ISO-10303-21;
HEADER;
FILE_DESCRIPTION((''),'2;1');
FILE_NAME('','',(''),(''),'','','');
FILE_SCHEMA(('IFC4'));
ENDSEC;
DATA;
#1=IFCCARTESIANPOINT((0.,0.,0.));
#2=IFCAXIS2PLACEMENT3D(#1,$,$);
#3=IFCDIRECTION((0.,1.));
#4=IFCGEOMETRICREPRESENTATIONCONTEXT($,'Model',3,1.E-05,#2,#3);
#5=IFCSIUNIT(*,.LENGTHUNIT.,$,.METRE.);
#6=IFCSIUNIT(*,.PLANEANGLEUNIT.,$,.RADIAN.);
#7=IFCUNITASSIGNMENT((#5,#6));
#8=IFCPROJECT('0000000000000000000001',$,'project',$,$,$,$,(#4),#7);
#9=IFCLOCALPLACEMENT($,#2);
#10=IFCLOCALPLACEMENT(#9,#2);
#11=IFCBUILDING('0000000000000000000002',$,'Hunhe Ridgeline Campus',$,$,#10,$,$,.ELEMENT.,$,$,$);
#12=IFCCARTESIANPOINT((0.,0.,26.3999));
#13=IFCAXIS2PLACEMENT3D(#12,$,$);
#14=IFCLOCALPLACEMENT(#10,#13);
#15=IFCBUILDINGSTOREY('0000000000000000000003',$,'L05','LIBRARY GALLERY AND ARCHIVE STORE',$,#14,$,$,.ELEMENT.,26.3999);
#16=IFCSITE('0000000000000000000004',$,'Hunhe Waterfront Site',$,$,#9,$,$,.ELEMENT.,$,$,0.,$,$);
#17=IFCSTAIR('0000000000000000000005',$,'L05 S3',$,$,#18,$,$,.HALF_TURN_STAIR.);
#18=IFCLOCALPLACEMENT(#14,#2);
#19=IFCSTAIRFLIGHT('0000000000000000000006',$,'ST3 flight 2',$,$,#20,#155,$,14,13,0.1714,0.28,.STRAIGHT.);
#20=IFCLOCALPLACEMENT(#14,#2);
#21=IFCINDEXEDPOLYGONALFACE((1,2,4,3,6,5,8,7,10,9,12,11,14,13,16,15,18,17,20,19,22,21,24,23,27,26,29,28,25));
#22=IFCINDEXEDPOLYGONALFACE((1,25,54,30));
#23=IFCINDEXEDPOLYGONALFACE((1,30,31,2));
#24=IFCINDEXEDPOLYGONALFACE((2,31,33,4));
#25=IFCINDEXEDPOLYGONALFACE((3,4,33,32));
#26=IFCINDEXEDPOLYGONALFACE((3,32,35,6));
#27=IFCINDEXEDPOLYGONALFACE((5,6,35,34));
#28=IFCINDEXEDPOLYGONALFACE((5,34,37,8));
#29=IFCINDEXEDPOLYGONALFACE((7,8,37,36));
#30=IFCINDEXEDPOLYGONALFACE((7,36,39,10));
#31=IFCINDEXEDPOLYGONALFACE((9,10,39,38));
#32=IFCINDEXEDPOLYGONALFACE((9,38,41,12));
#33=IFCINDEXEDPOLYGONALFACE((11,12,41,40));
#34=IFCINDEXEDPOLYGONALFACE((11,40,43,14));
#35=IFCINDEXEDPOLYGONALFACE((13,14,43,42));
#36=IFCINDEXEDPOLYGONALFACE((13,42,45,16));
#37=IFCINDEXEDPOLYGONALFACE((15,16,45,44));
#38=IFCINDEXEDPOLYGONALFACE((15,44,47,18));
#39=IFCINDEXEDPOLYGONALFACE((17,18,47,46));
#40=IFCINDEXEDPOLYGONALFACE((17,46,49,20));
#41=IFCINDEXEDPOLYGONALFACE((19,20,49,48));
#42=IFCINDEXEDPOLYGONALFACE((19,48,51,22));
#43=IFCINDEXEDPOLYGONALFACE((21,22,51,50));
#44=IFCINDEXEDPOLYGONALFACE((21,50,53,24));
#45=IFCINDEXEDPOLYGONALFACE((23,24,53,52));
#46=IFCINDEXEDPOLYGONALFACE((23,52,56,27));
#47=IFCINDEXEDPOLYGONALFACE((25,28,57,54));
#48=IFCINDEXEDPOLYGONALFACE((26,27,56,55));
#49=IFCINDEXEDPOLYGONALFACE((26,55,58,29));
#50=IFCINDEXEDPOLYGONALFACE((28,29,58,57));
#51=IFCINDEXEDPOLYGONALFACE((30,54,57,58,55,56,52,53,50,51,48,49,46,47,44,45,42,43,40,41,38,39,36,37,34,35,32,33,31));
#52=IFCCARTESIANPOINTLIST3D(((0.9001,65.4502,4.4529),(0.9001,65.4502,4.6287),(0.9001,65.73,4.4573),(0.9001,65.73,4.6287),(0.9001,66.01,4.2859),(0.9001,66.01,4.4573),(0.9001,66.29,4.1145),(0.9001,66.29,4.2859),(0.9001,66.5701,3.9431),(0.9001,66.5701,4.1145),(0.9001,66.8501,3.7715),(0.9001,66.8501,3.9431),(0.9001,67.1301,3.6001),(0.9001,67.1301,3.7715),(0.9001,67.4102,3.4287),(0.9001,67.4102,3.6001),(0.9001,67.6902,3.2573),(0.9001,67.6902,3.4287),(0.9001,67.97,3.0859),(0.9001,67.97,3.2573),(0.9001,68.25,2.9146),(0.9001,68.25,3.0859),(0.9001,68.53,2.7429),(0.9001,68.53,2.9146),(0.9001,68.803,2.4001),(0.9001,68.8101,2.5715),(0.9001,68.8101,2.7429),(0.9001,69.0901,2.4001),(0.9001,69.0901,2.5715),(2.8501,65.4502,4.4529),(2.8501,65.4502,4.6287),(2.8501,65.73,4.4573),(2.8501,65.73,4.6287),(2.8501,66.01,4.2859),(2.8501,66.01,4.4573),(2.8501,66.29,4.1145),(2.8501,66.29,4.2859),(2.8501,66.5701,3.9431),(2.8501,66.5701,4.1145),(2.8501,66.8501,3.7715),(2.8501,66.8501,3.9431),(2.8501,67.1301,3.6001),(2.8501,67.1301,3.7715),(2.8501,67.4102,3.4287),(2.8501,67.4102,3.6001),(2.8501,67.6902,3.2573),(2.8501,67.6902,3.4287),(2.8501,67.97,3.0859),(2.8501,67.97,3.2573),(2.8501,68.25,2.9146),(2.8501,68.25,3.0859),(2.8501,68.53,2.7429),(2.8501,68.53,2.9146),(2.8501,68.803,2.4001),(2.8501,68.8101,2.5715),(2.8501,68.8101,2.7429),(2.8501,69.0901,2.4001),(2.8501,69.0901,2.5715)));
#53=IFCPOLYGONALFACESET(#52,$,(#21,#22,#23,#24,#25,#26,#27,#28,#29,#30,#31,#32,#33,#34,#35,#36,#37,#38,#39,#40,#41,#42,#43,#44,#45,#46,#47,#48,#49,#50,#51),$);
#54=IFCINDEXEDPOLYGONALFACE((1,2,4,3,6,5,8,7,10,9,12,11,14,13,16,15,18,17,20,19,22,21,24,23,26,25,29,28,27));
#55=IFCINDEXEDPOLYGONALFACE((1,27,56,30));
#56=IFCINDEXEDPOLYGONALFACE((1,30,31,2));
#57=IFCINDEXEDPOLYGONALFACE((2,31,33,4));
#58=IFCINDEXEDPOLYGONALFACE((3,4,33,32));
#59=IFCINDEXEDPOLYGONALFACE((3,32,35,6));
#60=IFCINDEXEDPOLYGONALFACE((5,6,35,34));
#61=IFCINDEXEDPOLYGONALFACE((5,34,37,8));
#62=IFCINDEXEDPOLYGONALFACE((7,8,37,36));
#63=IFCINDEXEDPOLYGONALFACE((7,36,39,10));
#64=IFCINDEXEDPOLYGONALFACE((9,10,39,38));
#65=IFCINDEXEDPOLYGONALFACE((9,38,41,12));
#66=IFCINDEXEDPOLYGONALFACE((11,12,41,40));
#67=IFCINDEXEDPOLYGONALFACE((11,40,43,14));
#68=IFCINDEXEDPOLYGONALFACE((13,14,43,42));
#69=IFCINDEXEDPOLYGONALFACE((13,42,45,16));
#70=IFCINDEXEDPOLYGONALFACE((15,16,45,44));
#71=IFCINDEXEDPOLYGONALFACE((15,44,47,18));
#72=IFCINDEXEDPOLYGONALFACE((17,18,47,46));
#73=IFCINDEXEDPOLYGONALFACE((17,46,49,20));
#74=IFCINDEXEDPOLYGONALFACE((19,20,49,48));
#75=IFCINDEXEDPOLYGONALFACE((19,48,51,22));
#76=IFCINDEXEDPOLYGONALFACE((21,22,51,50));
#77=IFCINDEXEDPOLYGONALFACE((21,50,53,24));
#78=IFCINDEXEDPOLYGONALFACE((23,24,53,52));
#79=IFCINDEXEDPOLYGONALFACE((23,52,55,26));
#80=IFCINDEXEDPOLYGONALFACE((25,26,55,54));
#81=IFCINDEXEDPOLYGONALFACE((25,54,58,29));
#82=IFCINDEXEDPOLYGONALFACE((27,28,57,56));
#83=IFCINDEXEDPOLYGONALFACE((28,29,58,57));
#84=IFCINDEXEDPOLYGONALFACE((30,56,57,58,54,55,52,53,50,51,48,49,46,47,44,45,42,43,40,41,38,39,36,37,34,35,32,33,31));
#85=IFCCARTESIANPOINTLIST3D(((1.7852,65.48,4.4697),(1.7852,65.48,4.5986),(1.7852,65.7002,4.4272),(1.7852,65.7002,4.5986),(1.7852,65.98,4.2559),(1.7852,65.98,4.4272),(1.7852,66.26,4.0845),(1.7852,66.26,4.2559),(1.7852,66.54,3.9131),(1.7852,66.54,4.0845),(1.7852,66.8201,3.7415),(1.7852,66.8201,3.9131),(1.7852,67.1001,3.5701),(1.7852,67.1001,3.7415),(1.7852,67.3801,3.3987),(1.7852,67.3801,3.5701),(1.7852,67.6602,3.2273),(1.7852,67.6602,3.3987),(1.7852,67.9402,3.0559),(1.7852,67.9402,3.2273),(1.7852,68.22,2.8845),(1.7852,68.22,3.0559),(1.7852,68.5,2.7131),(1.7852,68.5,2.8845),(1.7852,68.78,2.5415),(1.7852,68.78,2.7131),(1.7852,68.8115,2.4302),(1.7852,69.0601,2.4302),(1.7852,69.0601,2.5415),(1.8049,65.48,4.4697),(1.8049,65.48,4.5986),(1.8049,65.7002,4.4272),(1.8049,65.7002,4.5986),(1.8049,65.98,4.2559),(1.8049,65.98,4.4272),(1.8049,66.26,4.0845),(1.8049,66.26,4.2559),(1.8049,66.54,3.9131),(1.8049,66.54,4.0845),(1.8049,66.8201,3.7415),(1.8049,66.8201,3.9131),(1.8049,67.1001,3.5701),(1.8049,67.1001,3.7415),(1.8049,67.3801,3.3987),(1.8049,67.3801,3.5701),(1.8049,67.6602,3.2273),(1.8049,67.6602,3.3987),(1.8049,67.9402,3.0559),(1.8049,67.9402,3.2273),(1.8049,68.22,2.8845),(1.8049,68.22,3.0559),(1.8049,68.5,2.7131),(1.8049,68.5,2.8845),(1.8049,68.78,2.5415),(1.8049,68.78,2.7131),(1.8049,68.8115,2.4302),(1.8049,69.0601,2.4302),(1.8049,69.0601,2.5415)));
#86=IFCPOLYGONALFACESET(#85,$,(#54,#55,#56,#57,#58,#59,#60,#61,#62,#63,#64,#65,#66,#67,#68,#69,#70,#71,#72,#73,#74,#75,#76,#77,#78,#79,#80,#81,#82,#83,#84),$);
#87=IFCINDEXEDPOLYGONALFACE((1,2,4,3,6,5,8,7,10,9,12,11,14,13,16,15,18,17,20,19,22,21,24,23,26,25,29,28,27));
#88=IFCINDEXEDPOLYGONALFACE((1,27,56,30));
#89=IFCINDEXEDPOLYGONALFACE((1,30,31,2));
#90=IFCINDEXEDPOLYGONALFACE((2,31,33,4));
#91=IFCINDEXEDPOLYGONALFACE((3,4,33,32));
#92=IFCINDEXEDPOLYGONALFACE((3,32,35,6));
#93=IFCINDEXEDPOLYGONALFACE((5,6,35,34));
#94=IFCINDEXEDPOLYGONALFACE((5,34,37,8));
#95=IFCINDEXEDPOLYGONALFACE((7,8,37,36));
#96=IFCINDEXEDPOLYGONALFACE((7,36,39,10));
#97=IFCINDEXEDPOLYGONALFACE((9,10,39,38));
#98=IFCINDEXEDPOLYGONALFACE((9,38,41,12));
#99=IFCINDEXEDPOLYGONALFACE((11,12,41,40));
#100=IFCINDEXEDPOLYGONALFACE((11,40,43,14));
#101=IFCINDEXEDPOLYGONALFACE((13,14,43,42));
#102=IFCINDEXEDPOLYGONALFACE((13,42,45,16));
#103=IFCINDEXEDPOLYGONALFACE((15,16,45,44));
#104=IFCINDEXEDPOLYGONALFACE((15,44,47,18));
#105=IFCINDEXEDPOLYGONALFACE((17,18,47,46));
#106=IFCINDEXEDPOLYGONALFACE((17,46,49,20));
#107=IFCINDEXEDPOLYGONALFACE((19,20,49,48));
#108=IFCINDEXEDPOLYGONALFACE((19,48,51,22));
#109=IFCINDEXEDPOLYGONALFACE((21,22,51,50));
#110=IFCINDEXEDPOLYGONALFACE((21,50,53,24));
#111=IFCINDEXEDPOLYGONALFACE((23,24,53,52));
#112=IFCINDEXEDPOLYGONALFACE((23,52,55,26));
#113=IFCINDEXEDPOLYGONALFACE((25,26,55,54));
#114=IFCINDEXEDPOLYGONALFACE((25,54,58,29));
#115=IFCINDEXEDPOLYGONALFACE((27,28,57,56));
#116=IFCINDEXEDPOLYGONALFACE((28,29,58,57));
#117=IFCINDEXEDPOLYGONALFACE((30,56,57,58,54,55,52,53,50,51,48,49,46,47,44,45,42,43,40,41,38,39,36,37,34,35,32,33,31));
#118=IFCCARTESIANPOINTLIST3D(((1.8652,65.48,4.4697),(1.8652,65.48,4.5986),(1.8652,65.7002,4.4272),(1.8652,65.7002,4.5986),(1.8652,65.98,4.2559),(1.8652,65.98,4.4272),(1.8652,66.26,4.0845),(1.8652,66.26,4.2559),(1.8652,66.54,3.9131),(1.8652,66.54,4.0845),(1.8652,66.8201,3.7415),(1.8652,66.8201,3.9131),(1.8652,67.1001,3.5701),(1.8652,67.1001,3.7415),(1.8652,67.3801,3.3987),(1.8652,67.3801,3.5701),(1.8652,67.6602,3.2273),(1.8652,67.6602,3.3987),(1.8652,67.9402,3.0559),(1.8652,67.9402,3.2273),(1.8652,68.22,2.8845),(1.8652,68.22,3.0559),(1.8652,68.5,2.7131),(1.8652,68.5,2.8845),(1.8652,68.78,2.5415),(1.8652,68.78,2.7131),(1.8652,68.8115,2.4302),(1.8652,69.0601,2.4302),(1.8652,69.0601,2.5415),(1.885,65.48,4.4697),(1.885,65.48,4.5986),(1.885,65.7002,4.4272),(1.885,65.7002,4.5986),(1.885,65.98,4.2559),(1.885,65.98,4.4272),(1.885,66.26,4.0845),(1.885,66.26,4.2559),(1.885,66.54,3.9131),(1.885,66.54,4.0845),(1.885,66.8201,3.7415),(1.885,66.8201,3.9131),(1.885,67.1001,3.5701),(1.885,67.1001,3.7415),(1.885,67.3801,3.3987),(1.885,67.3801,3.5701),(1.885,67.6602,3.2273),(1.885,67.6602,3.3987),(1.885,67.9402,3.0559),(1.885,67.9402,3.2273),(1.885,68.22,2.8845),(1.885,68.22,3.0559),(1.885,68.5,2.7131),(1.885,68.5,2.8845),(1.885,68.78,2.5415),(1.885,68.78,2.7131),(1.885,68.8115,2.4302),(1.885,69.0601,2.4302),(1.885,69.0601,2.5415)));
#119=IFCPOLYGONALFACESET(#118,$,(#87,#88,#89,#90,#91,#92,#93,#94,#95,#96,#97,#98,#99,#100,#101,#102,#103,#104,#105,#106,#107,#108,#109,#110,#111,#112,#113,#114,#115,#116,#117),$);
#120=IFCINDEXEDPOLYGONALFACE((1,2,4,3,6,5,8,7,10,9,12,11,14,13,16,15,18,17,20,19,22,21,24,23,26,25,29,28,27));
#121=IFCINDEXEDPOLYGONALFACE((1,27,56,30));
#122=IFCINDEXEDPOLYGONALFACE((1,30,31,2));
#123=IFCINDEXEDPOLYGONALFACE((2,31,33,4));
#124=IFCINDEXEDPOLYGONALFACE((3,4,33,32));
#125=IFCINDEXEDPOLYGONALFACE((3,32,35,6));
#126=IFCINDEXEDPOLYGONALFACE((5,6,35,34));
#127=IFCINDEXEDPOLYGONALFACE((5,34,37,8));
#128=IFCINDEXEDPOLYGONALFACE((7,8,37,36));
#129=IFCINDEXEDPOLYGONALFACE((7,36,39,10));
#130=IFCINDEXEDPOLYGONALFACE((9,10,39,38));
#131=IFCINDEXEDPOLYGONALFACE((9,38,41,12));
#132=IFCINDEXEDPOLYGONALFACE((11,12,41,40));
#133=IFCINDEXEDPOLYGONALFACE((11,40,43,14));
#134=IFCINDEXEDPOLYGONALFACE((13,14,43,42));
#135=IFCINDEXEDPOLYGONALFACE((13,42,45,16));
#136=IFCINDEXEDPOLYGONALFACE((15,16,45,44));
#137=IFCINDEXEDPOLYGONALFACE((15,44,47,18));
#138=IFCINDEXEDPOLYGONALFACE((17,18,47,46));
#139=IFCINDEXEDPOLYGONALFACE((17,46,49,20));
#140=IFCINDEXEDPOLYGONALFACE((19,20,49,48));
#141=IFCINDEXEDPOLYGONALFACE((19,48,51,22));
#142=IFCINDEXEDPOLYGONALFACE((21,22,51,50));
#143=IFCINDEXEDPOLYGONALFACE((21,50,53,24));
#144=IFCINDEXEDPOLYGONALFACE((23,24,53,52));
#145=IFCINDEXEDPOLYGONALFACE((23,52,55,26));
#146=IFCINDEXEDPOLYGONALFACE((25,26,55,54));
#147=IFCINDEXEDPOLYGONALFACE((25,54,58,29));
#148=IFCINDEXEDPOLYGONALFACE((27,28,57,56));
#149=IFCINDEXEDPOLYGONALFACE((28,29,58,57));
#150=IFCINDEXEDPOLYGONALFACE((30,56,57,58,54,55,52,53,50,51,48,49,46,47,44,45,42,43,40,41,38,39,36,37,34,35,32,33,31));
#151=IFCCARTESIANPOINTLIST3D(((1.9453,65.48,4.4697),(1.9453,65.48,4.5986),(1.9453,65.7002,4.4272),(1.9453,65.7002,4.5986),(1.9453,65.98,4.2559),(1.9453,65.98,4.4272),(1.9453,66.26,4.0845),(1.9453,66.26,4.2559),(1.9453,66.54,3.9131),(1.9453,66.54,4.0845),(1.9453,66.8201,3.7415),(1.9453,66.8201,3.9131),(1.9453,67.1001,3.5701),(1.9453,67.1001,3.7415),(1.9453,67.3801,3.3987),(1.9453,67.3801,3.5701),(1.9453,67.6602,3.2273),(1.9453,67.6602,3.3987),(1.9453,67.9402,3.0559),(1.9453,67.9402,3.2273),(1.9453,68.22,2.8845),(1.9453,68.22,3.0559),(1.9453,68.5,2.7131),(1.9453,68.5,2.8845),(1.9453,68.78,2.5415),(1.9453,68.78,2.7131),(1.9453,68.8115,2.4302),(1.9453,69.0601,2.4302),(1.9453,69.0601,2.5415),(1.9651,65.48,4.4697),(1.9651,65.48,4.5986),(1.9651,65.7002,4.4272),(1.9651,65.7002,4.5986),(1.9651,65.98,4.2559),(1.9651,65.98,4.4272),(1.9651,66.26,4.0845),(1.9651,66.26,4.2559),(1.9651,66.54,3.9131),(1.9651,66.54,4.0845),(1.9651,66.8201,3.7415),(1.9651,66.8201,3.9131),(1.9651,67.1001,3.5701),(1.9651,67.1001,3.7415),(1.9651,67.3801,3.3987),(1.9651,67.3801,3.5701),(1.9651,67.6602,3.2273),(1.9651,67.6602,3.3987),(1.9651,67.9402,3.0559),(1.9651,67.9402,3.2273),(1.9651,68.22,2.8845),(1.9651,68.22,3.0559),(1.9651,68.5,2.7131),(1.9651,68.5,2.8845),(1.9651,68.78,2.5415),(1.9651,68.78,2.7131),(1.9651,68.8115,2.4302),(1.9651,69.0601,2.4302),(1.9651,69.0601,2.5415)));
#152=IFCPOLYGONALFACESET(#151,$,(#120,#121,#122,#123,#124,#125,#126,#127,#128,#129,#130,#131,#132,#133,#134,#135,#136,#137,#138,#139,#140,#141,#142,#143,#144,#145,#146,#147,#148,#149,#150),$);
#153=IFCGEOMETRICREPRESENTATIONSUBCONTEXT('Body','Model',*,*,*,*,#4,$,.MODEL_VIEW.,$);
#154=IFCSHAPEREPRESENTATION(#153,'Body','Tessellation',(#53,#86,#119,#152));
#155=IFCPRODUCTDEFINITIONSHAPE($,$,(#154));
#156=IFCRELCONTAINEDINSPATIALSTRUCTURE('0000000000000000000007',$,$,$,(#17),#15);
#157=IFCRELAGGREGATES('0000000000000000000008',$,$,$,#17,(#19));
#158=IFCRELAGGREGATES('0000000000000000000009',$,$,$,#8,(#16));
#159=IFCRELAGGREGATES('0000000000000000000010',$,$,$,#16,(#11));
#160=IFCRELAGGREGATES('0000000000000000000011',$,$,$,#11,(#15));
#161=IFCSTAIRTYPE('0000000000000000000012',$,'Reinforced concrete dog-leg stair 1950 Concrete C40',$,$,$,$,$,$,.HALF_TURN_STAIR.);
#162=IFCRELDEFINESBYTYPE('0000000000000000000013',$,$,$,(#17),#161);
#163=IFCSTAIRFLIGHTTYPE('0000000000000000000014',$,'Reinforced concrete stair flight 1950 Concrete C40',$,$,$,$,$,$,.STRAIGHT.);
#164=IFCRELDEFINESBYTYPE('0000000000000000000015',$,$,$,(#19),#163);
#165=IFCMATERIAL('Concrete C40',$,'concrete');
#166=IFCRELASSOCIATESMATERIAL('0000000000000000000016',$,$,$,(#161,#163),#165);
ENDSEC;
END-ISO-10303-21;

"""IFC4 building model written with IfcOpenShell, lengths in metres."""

from ifc_helpers import new_model, si_unit, direction, frame, origin, place, context, subcontext, project, spatial, polyline, outline, extrude, material, type_object, element, aggregate, save


model = new_model("IFC4")

# Units and contexts
model_context = context("Model", 3, precision=1e-05, world=origin(), true_north=direction((0.0, 1.0)))
body_context = subcontext(model_context, "Body", "Model", "MODEL_VIEW")
ifc_project = project(units=[si_unit("LENGTHUNIT", "METRE"), si_unit("PLANEANGLEUNIT", "RADIAN")], contexts=[model_context])

# Site, building, storey
site_placement = place(None, origin())
site = spatial("IfcSite", under=ifc_project, at=site_placement, Name="Hunhe Waterfront Site", CompositionType="ELEMENT", RefElevation=0.0)
building_placement = place(site_placement, origin())
building = spatial("IfcBuilding", under=site, at=building_placement, Name="Hunhe Ridgeline Campus", CompositionType="ELEMENT")
storey_placement = place(building_placement, frame((0.0, 0.0, 26.3999)))
storey = spatial("IfcBuildingStorey", under=building, at=storey_placement, Name="L05", Description="LIBRARY GALLERY AND ARCHIVE STORE", CompositionType="ELEMENT", Elevation=26.3999)

# Stair, stair flight
ifc_material_1 = material(Name="Concrete C40", Category="concrete")
stair_type = type_object("IfcStairType", Name="Reinforced concrete dog-leg stair 1950 Concrete C40", PredefinedType="HALF_TURN_STAIR", material=ifc_material_1)
stair_1_placement = place(storey_placement, origin())
stair_1 = element("IfcStair", 1, at=stair_1_placement, inside=storey, type_object=stair_type, Name="L05 S3", PredefinedType="HALF_TURN_STAIR")
stair_flight_type = type_object("IfcStairFlightType", Name="Reinforced concrete stair flight 1950 Concrete C40", PredefinedType="STRAIGHT", material=ifc_material_1)
stair_flight_1_placement = place(storey_placement, frame((1.875, 69.0901, 2.4001), z_axis=(0.0, 0.0, 1.0), x_axis=(0.0, -1.0, 0.0)))
stair_flight_1 = element("IfcStairFlight", 2, at=stair_flight_1_placement, type_object=stair_flight_type, Name="ST3 flight 2", NumberOfRisers=14, NumberOfTreads=13, PredefinedType="STRAIGHT", RiserHeight=0.1714, TreadLength=0.28, context=body_context, shape_type="SweptSolid", body=[
    extrude(outline(polyline([(0.0, 0.0), (0.0, 0.1714), (0.28, 0.1714), (0.28, 0.3428), (0.5601, 0.3428), (0.5601, 0.5144), (0.8401, 0.5144), (0.8401, 0.6858), (1.1201, 0.6858), (1.1201, 0.8572), (1.3999, 0.8572), (1.3999, 1.0286), (1.6799, 1.0286), (1.6799, 1.2), (1.96, 1.2), (1.96, 1.3713), (2.24, 1.3713), (2.24, 1.543), (2.52, 1.543), (2.52, 1.7144), (2.8, 1.7144), (2.8, 1.8857), (3.0801, 1.8857), (3.0801, 2.0571), (3.3601, 2.0571), (3.3601, 2.2285), (3.6399, 2.2285), (3.6399, 2.3999), (3.6399, 2.0527), (0.2871, 0.0), (0.0, 0.0)])), frame((0.0, 0.9751, 0.0), z_axis=(0.0, -1.0, 0.0), x_axis=(1.0, 0.0, 0.0)), (0.0, 0.0, 1.0), 1.95),
    extrude(outline(polyline([(0.03, 0.03), (0.03, 0.1414), (0.3101, 0.1414), (0.3101, 0.313), (0.5901, 0.313), (0.5901, 0.4844), (0.8701, 0.4844), (0.8701, 0.6558), (1.1499, 0.6558), (1.1499, 0.8271), (1.4299, 0.8271), (1.4299, 0.9985), (1.71, 0.9985), (1.71, 1.1699), (1.99, 1.1699), (1.99, 1.3413), (2.27, 1.3413), (2.27, 1.5129), (2.55, 1.5129), (2.55, 1.6843), (2.8301, 1.6843), (2.8301, 1.8557), (3.1101, 1.8557), (3.1101, 2.0271), (3.3899, 2.0271), (3.3899, 2.1985), (3.6101, 2.1985), (3.6101, 2.0696), (0.2786, 0.03), (0.03, 0.03)])), frame((0.0, -0.0701, 0.0), z_axis=(0.0, -1.0, 0.0), x_axis=(1.0, 0.0, 0.0)), (0.0, 0.0, 1.0), 0.0198),
    extrude(outline(polyline([(0.03, 0.03), (0.03, 0.1414), (0.3101, 0.1414), (0.3101, 0.313), (0.5901, 0.313), (0.5901, 0.4844), (0.8701, 0.4844), (0.8701, 0.6558), (1.1499, 0.6558), (1.1499, 0.8271), (1.4299, 0.8271), (1.4299, 0.9985), (1.71, 0.9985), (1.71, 1.1699), (1.99, 1.1699), (1.99, 1.3413), (2.27, 1.3413), (2.27, 1.5129), (2.55, 1.5129), (2.55, 1.6843), (2.8301, 1.6843), (2.8301, 1.8557), (3.1101, 1.8557), (3.1101, 2.0271), (3.3899, 2.0271), (3.3899, 2.1985), (3.6101, 2.1985), (3.6101, 2.0696), (0.2786, 0.03), (0.03, 0.03)])), frame((0.0, 0.01, 0.0), z_axis=(0.0, -1.0, 0.0), x_axis=(1.0, 0.0, 0.0)), (0.0, 0.0, 1.0), 0.0198),
    extrude(outline(polyline([(0.03, 0.03), (0.03, 0.1414), (0.3101, 0.1414), (0.3101, 0.313), (0.5901, 0.313), (0.5901, 0.4844), (0.8701, 0.4844), (0.8701, 0.6558), (1.1499, 0.6558), (1.1499, 0.8271), (1.4299, 0.8271), (1.4299, 0.9985), (1.71, 0.9985), (1.71, 1.1699), (1.99, 1.1699), (1.99, 1.3413), (2.27, 1.3413), (2.27, 1.5129), (2.55, 1.5129), (2.55, 1.6843), (2.8301, 1.6843), (2.8301, 1.8557), (3.1101, 1.8557), (3.1101, 2.0271), (3.3899, 2.0271), (3.3899, 2.1985), (3.6101, 2.1985), (3.6101, 2.0696), (0.2786, 0.03), (0.03, 0.03)])), frame((0.0, 0.0901, 0.0), z_axis=(0.0, -1.0, 0.0), x_axis=(1.0, 0.0, 0.0)), (0.0, 0.0, 1.0), 0.0198),
])
aggregate(stair_1, [stair_flight_1])

save(model, "model.ifc")
